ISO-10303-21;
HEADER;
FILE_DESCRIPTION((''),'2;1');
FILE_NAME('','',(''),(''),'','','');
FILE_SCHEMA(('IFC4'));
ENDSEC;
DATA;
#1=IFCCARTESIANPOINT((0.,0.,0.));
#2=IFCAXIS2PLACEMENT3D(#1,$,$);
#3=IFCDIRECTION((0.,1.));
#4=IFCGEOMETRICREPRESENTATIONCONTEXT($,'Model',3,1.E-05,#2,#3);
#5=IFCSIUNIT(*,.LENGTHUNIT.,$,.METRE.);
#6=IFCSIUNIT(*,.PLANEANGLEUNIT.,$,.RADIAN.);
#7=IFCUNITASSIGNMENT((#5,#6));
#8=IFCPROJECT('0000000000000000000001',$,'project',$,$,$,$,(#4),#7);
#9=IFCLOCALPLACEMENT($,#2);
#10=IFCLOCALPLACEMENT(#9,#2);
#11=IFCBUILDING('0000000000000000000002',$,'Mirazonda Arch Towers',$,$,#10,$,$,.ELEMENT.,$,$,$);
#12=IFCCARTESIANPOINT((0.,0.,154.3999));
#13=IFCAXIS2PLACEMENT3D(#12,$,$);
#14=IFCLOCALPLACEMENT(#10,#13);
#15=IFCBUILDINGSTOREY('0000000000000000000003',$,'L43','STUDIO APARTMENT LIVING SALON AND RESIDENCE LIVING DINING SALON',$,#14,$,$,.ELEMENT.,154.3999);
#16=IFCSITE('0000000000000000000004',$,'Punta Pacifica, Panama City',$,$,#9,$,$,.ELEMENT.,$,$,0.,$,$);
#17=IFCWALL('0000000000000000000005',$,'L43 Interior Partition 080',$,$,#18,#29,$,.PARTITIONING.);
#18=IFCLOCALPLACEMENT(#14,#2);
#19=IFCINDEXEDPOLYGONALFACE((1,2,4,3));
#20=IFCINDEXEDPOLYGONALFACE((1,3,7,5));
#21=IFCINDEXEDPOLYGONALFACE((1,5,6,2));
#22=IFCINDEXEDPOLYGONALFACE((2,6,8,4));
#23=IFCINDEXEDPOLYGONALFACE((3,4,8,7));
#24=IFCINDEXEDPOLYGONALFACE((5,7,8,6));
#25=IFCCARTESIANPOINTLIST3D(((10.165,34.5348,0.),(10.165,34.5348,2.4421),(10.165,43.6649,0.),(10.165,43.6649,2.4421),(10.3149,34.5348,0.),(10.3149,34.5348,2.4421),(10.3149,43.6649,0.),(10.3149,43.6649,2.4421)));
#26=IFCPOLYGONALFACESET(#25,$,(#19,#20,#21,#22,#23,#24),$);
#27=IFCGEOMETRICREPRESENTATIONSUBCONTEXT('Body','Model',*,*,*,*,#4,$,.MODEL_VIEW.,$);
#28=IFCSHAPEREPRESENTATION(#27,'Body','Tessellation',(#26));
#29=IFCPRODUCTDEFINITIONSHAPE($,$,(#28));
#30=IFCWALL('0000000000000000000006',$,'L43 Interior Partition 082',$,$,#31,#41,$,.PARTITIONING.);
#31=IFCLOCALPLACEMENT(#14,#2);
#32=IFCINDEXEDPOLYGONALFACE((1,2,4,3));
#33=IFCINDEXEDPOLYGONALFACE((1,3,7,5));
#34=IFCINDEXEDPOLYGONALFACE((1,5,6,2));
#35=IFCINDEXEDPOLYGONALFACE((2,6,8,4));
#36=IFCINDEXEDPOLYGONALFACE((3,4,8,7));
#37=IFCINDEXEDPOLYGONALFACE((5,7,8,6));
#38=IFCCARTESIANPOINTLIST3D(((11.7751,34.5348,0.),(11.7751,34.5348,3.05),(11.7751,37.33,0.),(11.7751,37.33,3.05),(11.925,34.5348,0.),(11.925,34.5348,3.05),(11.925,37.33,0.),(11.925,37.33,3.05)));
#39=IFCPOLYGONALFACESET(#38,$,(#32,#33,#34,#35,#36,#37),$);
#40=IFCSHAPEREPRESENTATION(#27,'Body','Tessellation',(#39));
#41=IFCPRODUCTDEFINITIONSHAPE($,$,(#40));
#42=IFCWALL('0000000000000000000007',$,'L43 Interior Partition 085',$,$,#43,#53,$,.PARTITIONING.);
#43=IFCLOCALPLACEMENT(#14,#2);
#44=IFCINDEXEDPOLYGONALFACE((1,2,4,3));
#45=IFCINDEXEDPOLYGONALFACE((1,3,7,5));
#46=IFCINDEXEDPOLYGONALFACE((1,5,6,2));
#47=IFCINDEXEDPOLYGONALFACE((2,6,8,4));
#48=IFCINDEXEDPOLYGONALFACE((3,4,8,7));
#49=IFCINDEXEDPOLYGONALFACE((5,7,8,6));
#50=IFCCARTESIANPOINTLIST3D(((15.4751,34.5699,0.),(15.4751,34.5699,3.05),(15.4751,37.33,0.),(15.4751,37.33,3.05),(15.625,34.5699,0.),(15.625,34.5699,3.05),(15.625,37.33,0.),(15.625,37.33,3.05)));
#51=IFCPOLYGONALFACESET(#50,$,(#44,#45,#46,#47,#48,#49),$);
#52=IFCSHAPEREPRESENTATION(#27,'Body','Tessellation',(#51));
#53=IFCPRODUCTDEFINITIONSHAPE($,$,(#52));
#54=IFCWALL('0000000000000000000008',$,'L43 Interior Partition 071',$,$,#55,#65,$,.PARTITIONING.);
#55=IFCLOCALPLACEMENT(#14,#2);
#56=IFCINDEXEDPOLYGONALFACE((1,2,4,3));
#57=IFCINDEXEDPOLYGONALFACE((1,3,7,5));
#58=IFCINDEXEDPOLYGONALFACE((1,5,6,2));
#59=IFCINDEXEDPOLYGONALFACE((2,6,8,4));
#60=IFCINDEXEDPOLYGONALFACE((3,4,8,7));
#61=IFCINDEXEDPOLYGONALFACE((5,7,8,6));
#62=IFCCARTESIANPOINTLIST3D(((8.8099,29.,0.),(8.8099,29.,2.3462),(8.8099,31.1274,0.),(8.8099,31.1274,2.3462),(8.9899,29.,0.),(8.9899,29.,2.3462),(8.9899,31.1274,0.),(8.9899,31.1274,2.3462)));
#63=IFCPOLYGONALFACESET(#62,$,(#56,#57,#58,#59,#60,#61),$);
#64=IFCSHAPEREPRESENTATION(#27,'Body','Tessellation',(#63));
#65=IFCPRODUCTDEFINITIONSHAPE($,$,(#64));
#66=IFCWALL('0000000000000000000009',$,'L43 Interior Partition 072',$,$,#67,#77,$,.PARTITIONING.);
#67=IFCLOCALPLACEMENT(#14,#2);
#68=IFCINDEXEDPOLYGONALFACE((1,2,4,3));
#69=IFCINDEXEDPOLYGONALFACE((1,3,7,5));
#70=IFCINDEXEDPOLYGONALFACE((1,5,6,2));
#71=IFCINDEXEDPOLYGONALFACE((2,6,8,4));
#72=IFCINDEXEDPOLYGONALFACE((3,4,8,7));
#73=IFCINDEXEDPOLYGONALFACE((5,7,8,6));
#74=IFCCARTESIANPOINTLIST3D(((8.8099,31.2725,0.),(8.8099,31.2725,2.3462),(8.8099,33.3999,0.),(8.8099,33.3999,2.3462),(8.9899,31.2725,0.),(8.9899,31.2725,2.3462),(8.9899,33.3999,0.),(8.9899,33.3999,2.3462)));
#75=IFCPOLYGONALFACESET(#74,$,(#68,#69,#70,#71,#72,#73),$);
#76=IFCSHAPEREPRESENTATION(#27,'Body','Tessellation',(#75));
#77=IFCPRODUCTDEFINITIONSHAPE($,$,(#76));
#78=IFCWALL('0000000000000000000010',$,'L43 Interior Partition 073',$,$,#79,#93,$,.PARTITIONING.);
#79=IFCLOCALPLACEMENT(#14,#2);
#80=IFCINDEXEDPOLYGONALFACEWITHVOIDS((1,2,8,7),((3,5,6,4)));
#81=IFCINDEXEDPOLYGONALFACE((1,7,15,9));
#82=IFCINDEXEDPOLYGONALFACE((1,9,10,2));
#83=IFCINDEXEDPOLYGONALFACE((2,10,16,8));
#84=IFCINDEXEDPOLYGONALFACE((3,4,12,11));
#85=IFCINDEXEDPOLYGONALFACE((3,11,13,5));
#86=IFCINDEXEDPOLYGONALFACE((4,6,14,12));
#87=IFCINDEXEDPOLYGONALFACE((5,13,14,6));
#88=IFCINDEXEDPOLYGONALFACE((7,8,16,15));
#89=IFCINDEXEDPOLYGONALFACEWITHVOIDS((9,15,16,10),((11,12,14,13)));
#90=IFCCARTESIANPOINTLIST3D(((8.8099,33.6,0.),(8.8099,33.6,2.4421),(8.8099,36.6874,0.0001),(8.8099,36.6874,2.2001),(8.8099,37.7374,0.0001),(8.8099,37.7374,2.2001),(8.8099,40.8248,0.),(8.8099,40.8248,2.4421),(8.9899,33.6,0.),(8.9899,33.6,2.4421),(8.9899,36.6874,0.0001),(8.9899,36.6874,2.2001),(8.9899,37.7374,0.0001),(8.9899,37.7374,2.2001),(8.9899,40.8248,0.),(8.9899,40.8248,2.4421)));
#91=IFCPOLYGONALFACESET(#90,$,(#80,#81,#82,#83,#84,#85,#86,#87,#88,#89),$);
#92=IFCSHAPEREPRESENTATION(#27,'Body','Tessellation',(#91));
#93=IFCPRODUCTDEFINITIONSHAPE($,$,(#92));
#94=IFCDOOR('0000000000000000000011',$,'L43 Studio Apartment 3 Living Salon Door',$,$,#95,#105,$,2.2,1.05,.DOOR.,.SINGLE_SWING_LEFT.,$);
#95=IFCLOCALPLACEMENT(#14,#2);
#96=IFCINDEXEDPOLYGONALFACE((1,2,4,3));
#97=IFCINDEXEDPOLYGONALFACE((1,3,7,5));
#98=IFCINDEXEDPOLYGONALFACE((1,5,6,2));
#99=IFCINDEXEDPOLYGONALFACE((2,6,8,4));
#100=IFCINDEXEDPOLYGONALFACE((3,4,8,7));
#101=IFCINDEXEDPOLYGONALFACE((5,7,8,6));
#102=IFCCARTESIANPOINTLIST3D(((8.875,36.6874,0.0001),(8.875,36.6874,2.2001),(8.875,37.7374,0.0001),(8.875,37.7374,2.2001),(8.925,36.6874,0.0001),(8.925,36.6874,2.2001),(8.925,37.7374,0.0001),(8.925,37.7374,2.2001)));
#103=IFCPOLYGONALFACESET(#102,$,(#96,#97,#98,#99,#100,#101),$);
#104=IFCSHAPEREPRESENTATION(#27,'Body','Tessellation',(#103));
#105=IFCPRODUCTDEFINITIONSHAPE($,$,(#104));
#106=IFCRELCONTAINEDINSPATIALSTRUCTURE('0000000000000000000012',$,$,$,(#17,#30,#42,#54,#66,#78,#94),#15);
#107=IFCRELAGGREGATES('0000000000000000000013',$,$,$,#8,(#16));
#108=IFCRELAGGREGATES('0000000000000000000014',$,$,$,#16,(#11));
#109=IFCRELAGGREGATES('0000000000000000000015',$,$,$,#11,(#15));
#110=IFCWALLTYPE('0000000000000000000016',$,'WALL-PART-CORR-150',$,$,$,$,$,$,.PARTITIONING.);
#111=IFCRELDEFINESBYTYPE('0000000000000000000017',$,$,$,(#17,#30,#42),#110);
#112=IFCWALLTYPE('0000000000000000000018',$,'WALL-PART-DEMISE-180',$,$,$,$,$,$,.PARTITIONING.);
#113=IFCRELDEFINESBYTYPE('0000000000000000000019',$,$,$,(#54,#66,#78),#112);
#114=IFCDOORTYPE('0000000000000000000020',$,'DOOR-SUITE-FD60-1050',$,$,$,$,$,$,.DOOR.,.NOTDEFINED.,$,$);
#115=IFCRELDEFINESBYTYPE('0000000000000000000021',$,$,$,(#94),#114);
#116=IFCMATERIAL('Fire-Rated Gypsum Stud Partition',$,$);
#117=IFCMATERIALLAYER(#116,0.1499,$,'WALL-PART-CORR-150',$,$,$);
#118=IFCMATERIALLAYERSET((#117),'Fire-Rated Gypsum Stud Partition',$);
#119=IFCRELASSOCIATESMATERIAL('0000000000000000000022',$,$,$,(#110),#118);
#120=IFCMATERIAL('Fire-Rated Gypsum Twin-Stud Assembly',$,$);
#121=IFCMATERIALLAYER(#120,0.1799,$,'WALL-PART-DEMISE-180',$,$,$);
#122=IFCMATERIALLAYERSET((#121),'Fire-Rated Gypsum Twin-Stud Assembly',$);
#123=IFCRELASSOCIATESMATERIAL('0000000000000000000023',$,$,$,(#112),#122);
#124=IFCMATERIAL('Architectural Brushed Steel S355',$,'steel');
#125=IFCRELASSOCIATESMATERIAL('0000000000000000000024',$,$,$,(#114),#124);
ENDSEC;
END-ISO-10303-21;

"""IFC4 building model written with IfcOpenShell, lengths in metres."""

from ifc_helpers import new_model, si_unit, direction, frame, frame_2d, origin, place, context, subcontext, project, spatial, rectangle, extrude, material, layer, layer_set, type_object, element, fill, save


model = new_model("IFC4")

# Units and contexts
model_context = context("Model", 3, precision=1e-05, world=origin(), true_north=direction((0.0, 1.0)))
body_context = subcontext(model_context, "Body", "Model", "MODEL_VIEW")
ifc_project = project(units=[si_unit("LENGTHUNIT", "METRE"), si_unit("PLANEANGLEUNIT", "RADIAN")], contexts=[model_context])

# Site, building, storey
site_placement = place(None, origin())
site = spatial("IfcSite", under=ifc_project, at=site_placement, Name="Punta Pacifica, Panama City", CompositionType="ELEMENT", RefElevation=0.0)
building_placement = place(site_placement, origin())
building = spatial("IfcBuilding", under=site, at=building_placement, Name="Mirazonda Arch Towers", CompositionType="ELEMENT")
storey_placement = place(building_placement, frame((0.0, 0.0, 154.3999)))
storey = spatial("IfcBuildingStorey", under=building, at=storey_placement, Name="L43", Description="STUDIO APARTMENT LIVING SALON AND RESIDENCE LIVING DINING SALON", CompositionType="ELEMENT", Elevation=154.3999)

# Shared definitions
ifc_material_1 = material(Name="Architectural Brushed Steel S355", Category="steel")

# Shared definitions
ifc_material_2 = material(Name="Fire-Rated Gypsum Stud Partition")
ifc_layer_1 = layer(ifc_material_2, 0.1499, Name="WALL-PART-CORR-150")
ifc_layer_set_1 = layer_set([ifc_layer_1], Name="Fire-Rated Gypsum Stud Partition")
wall_type_1 = type_object("IfcWallType", Name="WALL-PART-CORR-150", PredefinedType="PARTITIONING", material=ifc_layer_set_1)

# Walls
wall_1_placement = place(storey_placement, frame((10.24, 34.5349, 0.0), z_axis=(0.0, 0.0, 1.0), x_axis=(0.0, 1.0, 0.0)))
element("IfcWall", 1, at=wall_1_placement, inside=storey, type_object=wall_type_1, Name="L43 Interior Partition 080", PredefinedType="PARTITIONING", context=body_context, shape_type="SweptSolid", body=[
    extrude(rectangle(XDim=9.1301, YDim=0.1499, at=frame_2d((4.5649, 0.0))), origin(), (0.0, 0.0, 1.0), 2.4421),
])
wall_2_placement = place(storey_placement, frame((11.8501, 34.5349, 0.0), z_axis=(0.0, 0.0, 1.0), x_axis=(0.0, 1.0, 0.0)))
element("IfcWall", 2, at=wall_2_placement, inside=storey, type_object=wall_type_1, Name="L43 Interior Partition 082", PredefinedType="PARTITIONING", context=body_context, shape_type="SweptSolid", body=[
    extrude(rectangle(XDim=2.7952, YDim=0.1499, at=frame_2d((1.3975, 0.0))), origin(), (0.0, 0.0, 1.0), 3.05),
])
wall_3_placement = place(storey_placement, frame((15.55, 34.5701, 0.0), z_axis=(0.0, 0.0, 1.0), x_axis=(0.0, 1.0, 0.0)))
element("IfcWall", 3, at=wall_3_placement, inside=storey, type_object=wall_type_1, Name="L43 Interior Partition 085", PredefinedType="PARTITIONING", context=body_context, shape_type="SweptSolid", body=[
    extrude(rectangle(XDim=2.76, YDim=0.1499, at=frame_2d((1.3799, 0.0))), origin(), (0.0, 0.0, 1.0), 3.05),
])
ifc_material_3 = material(Name="Fire-Rated Gypsum Twin-Stud Assembly")
ifc_layer_2 = layer(ifc_material_3, 0.1799, Name="WALL-PART-DEMISE-180")
ifc_layer_set_2 = layer_set([ifc_layer_2], Name="Fire-Rated Gypsum Twin-Stud Assembly")
wall_type_2 = type_object("IfcWallType", Name="WALL-PART-DEMISE-180", PredefinedType="PARTITIONING", material=ifc_layer_set_2)
for number, where, z_axis, x_axis, name in (
    (4, (8.8999, 29.0, 0.0), (0.0, 0.0, 1.0), (0.0, 1.0, 0.0), "L43 Interior Partition 071"),
    (5, (8.8999, 31.2725, 0.0), (0.0, 0.0, 1.0), (0.0, 1.0, 0.0), "L43 Interior Partition 072"),
):
    element("IfcWall", number, at=place(storey_placement, frame(where, z_axis=z_axis, x_axis=x_axis)), inside=storey, type_object=wall_type_2, Name=name, PredefinedType="PARTITIONING", context=body_context, shape_type="SweptSolid", body=[
        extrude(rectangle(XDim=2.1274, YDim=0.1799, at=frame_2d((1.0637, 0.0))), origin(), (0.0, 0.0, 1.0), 2.3462),
    ])

# Wall, opening, door
wall_4_placement = place(storey_placement, frame((8.8999, 33.6001, 0.0), z_axis=(0.0, 0.0, 1.0), x_axis=(0.0, 1.0, 0.0)))
wall_4 = element("IfcWall", 6, at=wall_4_placement, inside=storey, type_object=wall_type_2, Name="L43 Interior Partition 073", PredefinedType="PARTITIONING", context=body_context, shape_type="SweptSolid", body=[
    extrude(rectangle(XDim=7.2249, YDim=0.1799, at=frame_2d((3.6123, 0.0))), origin(), (0.0, 0.0, 1.0), 2.4421),
])
opening_1_placement = place(wall_4_placement, frame((3.0874, 0.0, 0.0)))
opening_1 = element("IfcOpeningElement", 7, at=opening_1_placement, cuts=wall_4, PredefinedType="OPENING", context=body_context, shape_type="SweptSolid", body=[
    extrude(rectangle(XDim=1.05, YDim=2.2, at=frame_2d((0.5249, 1.1001))), frame((0.0, 0.0999, 0.0), z_axis=(0.0, -1.0, 0.0), x_axis=(1.0, 0.0, 0.0)), (0.0, 0.0, 1.0), 0.2),
])
door_type_1 = type_object("IfcDoorType", Name="DOOR-SUITE-FD60-1050", OperationType="NOTDEFINED", PredefinedType="DOOR", material=ifc_material_1)
door_1_placement = place(opening_1_placement, origin())
door_1 = element("IfcDoor", 8, at=door_1_placement, inside=storey, type_object=door_type_1, Name="L43 Studio Apartment 3 Living Salon Door", OperationType="SINGLE_SWING_LEFT", OverallHeight=2.2, OverallWidth=1.05, PredefinedType="DOOR", context=body_context, shape_type="SweptSolid", body=[
    extrude(rectangle(XDim=1.05, YDim=2.2, at=frame_2d((0.5249, 1.1001))), frame((0.0, 0.0249, 0.0), z_axis=(0.0, -1.0, 0.0), x_axis=(1.0, 0.0, 0.0)), (0.0, 0.0, 1.0), 0.05),
])
fill(opening_1, door_1)

save(model, "model.ifc")
